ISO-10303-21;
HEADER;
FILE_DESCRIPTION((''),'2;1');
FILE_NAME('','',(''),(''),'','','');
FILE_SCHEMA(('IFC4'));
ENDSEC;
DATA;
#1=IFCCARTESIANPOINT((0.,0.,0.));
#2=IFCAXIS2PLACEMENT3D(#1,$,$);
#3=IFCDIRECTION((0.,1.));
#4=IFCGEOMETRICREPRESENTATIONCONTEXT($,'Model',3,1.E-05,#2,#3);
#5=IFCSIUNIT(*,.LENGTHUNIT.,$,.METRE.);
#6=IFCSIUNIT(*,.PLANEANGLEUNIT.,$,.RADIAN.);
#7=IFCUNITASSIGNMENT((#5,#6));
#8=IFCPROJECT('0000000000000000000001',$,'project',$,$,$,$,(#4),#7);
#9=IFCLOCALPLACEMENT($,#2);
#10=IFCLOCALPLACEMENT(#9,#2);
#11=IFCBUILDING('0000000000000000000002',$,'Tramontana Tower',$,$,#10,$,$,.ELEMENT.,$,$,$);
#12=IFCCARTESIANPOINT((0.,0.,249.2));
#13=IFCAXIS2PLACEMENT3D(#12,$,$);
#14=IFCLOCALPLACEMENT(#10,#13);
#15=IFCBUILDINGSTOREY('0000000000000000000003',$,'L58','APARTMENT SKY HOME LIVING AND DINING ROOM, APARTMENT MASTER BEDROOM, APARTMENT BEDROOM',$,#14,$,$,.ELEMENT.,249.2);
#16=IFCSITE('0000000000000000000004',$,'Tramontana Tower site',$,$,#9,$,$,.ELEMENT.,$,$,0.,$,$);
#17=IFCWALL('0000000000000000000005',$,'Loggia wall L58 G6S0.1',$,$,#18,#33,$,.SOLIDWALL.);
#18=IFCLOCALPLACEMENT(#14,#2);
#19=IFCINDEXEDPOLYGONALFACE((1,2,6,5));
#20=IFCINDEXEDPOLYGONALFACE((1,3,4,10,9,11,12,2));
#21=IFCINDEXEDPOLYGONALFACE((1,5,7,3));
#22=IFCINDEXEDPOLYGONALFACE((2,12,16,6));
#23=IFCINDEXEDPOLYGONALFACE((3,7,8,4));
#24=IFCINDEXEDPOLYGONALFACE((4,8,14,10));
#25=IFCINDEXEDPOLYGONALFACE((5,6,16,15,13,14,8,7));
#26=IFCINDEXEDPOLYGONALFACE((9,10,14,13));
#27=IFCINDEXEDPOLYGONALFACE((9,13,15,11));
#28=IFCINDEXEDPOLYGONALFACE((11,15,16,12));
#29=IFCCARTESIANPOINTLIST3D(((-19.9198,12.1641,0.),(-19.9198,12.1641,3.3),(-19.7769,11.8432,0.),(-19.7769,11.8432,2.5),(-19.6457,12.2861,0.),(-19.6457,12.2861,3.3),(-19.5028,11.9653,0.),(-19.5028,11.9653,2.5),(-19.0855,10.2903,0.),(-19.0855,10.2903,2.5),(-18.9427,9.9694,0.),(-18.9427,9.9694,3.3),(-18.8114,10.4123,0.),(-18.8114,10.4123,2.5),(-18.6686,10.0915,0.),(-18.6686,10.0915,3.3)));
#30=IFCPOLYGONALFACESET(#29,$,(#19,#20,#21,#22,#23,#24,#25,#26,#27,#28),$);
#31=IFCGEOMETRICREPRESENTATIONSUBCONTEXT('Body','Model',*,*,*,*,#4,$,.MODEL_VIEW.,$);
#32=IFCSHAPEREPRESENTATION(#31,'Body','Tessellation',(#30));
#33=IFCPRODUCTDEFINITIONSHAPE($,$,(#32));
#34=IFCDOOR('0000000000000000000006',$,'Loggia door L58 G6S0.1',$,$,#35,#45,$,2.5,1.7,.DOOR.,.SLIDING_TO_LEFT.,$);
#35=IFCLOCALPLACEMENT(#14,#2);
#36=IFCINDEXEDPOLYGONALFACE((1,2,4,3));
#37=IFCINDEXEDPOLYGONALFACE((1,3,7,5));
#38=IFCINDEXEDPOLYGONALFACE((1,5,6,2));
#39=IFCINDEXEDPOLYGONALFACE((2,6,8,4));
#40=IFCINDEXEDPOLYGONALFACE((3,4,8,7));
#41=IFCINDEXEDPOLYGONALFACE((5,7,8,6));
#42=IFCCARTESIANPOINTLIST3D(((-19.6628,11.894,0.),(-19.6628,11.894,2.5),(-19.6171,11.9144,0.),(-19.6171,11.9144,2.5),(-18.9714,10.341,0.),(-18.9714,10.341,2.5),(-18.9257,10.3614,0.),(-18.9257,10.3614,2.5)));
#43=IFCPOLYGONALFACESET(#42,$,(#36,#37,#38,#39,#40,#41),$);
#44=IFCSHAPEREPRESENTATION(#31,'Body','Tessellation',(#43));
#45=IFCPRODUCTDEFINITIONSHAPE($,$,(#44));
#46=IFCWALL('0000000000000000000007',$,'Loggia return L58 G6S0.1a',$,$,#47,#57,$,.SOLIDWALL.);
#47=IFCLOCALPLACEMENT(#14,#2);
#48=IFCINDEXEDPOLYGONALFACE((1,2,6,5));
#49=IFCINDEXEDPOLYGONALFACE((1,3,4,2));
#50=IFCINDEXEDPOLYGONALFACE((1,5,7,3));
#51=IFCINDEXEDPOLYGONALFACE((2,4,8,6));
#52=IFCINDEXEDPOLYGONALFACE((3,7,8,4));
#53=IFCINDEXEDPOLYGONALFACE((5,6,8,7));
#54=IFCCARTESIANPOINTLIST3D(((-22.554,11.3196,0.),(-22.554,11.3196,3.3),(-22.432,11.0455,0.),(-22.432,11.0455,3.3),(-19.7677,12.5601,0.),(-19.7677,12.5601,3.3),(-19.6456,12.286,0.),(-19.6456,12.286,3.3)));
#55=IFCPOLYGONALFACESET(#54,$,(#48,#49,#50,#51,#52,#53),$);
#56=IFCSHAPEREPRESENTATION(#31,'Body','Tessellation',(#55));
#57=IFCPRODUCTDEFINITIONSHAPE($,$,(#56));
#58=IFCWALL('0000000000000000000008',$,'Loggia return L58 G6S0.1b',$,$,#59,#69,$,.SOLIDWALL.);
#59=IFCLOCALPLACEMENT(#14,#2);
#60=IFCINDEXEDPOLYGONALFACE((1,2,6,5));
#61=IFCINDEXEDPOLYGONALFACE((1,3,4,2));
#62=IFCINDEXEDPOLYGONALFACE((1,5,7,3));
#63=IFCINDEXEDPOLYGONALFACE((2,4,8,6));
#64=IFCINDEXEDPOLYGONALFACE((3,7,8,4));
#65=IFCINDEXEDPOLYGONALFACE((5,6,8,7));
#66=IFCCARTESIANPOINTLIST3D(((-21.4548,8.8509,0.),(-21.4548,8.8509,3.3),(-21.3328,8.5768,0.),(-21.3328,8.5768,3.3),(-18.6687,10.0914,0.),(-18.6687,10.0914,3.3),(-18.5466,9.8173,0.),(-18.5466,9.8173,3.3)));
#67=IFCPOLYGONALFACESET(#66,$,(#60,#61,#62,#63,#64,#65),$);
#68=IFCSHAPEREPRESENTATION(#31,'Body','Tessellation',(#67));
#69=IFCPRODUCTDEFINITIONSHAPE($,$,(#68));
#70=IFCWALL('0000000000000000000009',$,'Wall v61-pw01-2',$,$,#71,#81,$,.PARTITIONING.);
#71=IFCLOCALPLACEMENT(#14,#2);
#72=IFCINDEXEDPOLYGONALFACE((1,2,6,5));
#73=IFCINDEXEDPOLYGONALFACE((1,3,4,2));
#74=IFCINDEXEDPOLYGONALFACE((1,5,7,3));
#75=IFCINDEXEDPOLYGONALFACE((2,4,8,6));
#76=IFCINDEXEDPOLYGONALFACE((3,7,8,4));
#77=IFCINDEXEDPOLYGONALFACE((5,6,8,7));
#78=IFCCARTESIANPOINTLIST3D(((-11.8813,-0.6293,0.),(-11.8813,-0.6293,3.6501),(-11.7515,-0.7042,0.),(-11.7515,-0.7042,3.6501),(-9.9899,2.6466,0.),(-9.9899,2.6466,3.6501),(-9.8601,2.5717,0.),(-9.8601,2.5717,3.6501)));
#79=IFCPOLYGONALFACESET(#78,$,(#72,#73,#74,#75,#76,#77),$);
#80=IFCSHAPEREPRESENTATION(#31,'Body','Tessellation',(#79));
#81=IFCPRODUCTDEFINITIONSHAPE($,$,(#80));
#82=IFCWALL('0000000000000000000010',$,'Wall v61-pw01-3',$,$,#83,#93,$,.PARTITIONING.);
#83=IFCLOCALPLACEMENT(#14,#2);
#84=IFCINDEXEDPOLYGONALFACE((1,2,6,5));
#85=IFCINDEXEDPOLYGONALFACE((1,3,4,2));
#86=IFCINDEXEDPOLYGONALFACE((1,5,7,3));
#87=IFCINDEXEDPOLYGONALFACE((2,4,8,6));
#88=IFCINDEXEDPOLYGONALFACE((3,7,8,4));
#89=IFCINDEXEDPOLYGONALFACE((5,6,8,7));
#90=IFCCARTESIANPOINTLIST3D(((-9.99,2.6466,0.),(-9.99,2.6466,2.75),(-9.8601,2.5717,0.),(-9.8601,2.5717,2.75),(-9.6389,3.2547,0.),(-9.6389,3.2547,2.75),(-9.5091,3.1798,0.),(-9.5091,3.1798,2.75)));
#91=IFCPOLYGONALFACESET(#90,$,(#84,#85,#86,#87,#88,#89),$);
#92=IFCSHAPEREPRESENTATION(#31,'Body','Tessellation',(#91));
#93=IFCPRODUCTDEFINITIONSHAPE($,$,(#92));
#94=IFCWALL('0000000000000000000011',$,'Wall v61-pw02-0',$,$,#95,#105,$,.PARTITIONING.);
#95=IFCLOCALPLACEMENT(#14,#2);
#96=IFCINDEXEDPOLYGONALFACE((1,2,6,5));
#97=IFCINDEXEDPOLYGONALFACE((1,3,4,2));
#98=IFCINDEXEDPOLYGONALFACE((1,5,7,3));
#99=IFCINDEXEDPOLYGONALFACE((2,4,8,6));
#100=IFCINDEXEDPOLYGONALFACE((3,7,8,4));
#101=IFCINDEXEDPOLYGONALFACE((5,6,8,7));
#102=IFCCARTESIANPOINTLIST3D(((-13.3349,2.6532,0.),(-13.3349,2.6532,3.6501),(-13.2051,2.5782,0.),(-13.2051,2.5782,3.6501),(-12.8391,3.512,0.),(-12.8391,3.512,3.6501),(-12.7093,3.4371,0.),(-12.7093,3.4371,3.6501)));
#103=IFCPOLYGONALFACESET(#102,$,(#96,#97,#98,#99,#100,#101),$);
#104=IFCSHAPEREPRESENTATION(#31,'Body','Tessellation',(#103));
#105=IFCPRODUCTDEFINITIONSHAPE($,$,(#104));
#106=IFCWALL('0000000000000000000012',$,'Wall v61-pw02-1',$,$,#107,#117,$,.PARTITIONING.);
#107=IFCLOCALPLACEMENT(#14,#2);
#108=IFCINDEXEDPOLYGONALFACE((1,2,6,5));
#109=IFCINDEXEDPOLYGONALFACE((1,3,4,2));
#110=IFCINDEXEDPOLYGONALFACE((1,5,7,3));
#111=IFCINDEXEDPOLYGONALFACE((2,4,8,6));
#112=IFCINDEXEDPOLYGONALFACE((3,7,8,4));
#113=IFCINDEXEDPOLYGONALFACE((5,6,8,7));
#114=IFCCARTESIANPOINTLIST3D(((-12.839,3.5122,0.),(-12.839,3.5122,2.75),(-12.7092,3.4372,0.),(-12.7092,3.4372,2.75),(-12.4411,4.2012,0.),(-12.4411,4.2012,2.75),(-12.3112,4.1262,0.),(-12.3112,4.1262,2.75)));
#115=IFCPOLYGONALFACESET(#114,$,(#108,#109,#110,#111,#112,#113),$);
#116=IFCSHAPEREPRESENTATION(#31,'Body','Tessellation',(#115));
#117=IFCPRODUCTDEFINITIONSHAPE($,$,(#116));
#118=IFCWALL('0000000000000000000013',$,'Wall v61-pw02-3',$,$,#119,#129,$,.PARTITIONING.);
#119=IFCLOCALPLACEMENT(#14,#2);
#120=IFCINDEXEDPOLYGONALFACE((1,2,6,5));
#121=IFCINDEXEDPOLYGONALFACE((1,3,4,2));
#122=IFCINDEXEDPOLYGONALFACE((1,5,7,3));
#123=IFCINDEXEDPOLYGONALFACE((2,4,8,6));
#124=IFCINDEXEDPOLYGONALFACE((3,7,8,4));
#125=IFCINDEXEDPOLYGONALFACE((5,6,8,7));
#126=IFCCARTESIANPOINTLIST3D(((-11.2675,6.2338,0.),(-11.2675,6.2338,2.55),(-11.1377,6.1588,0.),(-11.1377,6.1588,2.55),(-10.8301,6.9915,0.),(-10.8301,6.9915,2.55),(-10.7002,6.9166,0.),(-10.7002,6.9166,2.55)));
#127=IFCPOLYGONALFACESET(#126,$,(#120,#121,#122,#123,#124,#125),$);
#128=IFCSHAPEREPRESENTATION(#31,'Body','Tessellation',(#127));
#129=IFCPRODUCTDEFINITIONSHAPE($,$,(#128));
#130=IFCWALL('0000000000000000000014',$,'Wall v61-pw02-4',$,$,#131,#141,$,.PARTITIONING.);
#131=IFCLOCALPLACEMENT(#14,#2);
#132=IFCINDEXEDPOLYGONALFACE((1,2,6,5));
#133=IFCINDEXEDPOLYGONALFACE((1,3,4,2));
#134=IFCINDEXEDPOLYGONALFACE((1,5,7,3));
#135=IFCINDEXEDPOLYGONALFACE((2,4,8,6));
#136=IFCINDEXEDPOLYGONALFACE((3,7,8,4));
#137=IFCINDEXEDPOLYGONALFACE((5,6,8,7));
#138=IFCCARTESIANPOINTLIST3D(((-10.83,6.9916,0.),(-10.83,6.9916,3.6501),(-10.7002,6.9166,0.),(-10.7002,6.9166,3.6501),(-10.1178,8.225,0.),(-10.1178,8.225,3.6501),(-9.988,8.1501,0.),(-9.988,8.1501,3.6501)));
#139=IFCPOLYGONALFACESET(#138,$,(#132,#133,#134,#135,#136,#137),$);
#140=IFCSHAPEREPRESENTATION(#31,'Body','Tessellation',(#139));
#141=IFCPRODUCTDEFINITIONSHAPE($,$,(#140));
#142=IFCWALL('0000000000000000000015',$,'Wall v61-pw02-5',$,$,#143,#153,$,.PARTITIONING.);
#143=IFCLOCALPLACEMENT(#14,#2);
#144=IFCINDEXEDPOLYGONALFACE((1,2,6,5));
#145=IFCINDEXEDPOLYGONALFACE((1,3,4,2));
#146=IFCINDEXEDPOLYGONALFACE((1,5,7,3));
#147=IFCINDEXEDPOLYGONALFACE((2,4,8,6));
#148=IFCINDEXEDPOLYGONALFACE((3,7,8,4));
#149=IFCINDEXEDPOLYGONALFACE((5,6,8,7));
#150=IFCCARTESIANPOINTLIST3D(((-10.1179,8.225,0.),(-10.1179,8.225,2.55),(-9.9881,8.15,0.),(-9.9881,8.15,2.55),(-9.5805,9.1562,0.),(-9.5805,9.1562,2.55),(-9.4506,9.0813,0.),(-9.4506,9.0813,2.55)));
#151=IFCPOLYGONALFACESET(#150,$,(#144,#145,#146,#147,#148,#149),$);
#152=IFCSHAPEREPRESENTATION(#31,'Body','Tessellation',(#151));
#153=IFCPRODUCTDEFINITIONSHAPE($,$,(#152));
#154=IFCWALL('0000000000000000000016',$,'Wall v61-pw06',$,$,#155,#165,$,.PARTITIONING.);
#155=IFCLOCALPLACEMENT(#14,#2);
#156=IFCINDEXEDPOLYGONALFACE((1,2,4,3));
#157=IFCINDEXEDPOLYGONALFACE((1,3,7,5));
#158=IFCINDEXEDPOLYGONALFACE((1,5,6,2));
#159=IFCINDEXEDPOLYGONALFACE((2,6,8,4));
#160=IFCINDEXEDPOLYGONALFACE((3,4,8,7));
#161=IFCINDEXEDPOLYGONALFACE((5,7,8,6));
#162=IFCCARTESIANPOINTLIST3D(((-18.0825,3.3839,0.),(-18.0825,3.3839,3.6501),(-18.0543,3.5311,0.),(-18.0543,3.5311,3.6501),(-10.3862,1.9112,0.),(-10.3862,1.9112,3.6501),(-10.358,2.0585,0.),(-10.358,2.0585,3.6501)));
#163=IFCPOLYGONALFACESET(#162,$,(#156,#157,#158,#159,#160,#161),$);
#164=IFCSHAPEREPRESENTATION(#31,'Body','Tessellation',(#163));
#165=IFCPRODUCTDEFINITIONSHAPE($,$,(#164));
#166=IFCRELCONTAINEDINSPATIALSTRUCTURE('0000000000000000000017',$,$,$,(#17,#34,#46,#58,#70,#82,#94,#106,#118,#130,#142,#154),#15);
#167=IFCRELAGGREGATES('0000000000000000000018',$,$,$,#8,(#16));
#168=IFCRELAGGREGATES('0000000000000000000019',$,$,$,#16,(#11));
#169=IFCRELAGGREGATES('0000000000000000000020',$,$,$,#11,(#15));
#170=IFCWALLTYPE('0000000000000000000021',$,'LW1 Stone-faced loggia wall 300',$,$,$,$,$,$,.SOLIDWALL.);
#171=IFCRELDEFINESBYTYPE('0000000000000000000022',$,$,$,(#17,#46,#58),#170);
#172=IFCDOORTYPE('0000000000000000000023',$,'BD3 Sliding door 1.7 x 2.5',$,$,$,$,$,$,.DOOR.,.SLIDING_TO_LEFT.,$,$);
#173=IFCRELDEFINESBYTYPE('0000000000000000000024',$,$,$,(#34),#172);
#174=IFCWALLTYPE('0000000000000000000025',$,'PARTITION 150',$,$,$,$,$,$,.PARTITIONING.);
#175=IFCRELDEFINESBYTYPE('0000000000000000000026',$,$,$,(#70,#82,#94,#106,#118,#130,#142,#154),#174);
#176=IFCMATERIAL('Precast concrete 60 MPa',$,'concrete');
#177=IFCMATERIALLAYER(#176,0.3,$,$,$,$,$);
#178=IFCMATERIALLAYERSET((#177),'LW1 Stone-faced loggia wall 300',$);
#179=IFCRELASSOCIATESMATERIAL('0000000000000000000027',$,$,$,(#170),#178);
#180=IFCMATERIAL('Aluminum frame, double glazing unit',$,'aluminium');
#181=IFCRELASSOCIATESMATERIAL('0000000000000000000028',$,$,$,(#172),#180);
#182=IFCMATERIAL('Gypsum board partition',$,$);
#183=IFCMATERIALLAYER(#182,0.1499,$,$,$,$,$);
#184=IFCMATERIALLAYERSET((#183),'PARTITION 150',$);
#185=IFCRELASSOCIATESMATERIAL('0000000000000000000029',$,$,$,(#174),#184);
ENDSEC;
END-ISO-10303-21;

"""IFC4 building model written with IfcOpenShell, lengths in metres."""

from ifc_helpers import new_model, si_unit, direction, frame, frame_2d, origin, place, context, subcontext, project, spatial, rectangle, extrude, material, layer, layer_set, type_object, element, fill, save


model = new_model("IFC4")

# Units and contexts
model_context = context("Model", 3, precision=1e-05, world=origin(), true_north=direction((0.0, 1.0)))
body_context = subcontext(model_context, "Body", "Model", "MODEL_VIEW")
ifc_project = project(units=[si_unit("LENGTHUNIT", "METRE"), si_unit("PLANEANGLEUNIT", "RADIAN")], contexts=[model_context])

# Site, building, storey
site_placement = place(None, origin())
site = spatial("IfcSite", under=ifc_project, at=site_placement, Name="Tramontana Tower site", CompositionType="ELEMENT", RefElevation=0.0)
building_placement = place(site_placement, origin())
building = spatial("IfcBuilding", under=site, at=building_placement, Name="Tramontana Tower", CompositionType="ELEMENT")
storey_placement = place(building_placement, frame((0.0, 0.0, 249.2)))
storey = spatial("IfcBuildingStorey", under=building, at=storey_placement, Name="L58", Description="APARTMENT SKY HOME LIVING AND DINING ROOM, APARTMENT MASTER BEDROOM, APARTMENT BEDROOM", CompositionType="ELEMENT", Elevation=249.2)

# Wall, opening, door
ifc_material_1 = material(Name="Precast concrete 60 MPa", Category="concrete")
ifc_layer_1 = layer(ifc_material_1, 0.3)
ifc_layer_set_1 = layer_set([ifc_layer_1], Name="LW1 Stone-faced loggia wall 300")
wall_type_1 = type_object("IfcWallType", Name="LW1 Stone-faced loggia wall 300", PredefinedType="SOLIDWALL", material=ifc_layer_set_1)
wall_1_placement = place(storey_placement, frame((-19.7827, 12.2251, 0.0), z_axis=(0.0, 0.0, 1.0), x_axis=(0.406723, -0.913552, 0.0)))
wall_1 = element("IfcWall", 1, at=wall_1_placement, inside=storey, type_object=wall_type_1, Name="Loggia wall L58 G6S0.1", PredefinedType="SOLIDWALL", context=body_context, shape_type="SweptSolid", body=[
    extrude(rectangle(XDim=2.4023, YDim=0.3, at=frame_2d((1.2012, 0.0))), origin(), (0.0, 0.0, 1.0), 3.3),
])
opening_1_placement = place(wall_1_placement, frame((0.3511, 0.0, 0.0)))
opening_1 = element("IfcOpeningElement", 2, at=opening_1_placement, cuts=wall_1, PredefinedType="OPENING", context=body_context, shape_type="SweptSolid", body=[
    extrude(rectangle(XDim=1.7, YDim=2.5, at=frame_2d((0.8501, 1.25))), frame((0.0, 0.1599, 0.0), z_axis=(0.0, -1.0, 0.0), x_axis=(1.0, 0.0, 0.0)), (0.0, 0.0, 1.0), 0.3201),
])
ifc_material_2 = material(Name="Aluminum frame, double glazing unit", Category="aluminium")
door_type_1 = type_object("IfcDoorType", Name="BD3 Sliding door 1.7 x 2.5", OperationType="SLIDING_TO_LEFT", PredefinedType="DOOR", material=ifc_material_2)
door_1_placement = place(opening_1_placement, origin())
door_1 = element("IfcDoor", 3, at=door_1_placement, inside=storey, type_object=door_type_1, Name="Loggia door L58 G6S0.1", OperationType="SLIDING_TO_LEFT", OverallHeight=2.5, OverallWidth=1.7, PredefinedType="DOOR", context=body_context, shape_type="SweptSolid", body=[
    extrude(rectangle(XDim=1.7, YDim=2.5, at=frame_2d((0.8501, 1.25))), frame((0.0, 0.0249, 0.0), z_axis=(0.0, -1.0, 0.0), x_axis=(1.0, 0.0, 0.0)), (0.0, 0.0, 1.0), 0.05),
])
fill(opening_1, door_1)

# Walls
wall_2_placement = place(storey_placement, frame((-22.4929, 11.1826, 0.0), z_axis=(0.0, 0.0, 1.0), x_axis=(0.913557, 0.40671, 0.0)))
element("IfcWall", 4, at=wall_2_placement, inside=storey, type_object=wall_type_1, Name="Loggia return L58 G6S0.1a", PredefinedType="SOLIDWALL", context=body_context, shape_type="SweptSolid", body=[
    extrude(rectangle(XDim=3.05, YDim=0.3, at=frame_2d((1.5249, 0.0))), origin(), (0.0, 0.0, 1.0), 3.3),
])
wall_3_placement = place(storey_placement, frame((-21.3938, 8.7139, 0.0), z_axis=(0.0, 0.0, 1.0), x_axis=(0.913544, 0.40674, 0.0)))
element("IfcWall", 5, at=wall_3_placement, inside=storey, type_object=wall_type_1, Name="Loggia return L58 G6S0.1b", PredefinedType="SOLIDWALL", context=body_context, shape_type="SweptSolid", body=[
    extrude(rectangle(XDim=3.0498, YDim=0.3, at=frame_2d((1.5249, 0.0))), origin(), (0.0, 0.0, 1.0), 3.3),
])
ifc_material_3 = material(Name="Gypsum board partition")
ifc_layer_2 = layer(ifc_material_3, 0.1499)
ifc_layer_set_2 = layer_set([ifc_layer_2], Name="PARTITION 150")
wall_type_2 = type_object("IfcWallType", Name="PARTITION 150", PredefinedType="PARTITIONING", material=ifc_layer_set_2)
wall_4_placement = place(storey_placement, frame((-11.8164, -0.6667, 0.0), z_axis=(0.0, 0.0, 1.0), x_axis=(0.500006, 0.866022, 0.0)))
element("IfcWall", 6, at=wall_4_placement, inside=storey, type_object=wall_type_2, Name="Wall v61-pw01-2", PredefinedType="PARTITIONING", context=body_context, shape_type="SweptSolid", body=[
    extrude(rectangle(XDim=3.7827, YDim=0.1499, at=frame_2d((1.8914, 0.0))), origin(), (0.0, 0.0, 1.0), 3.6501),
])
wall_5_placement = place(storey_placement, frame((-9.925, 2.6091, 0.0), z_axis=(0.0, 0.0, 1.0), x_axis=(0.499953, 0.866052, 0.0)))
element("IfcWall", 7, at=wall_5_placement, inside=storey, type_object=wall_type_2, Name="Wall v61-pw01-3", PredefinedType="PARTITIONING", context=body_context, shape_type="SweptSolid", body=[
    extrude(rectangle(XDim=0.7021, YDim=0.1499, at=frame_2d((0.3511, 0.0))), origin(), (0.0, 0.0, 1.0), 2.75),
])
wall_6_placement = place(storey_placement, frame((-13.27, 2.6157, 0.0), z_axis=(0.0, 0.0, 1.0), x_axis=(0.499978, 0.866038, 0.0)))
element("IfcWall", 8, at=wall_6_placement, inside=storey, type_object=wall_type_2, Name="Wall v61-pw02-0", PredefinedType="PARTITIONING", context=body_context, shape_type="SweptSolid", body=[
    extrude(rectangle(XDim=0.9917, YDim=0.1499, at=frame_2d((0.4958, 0.0))), origin(), (0.0, 0.0, 1.0), 3.6501),
])
wall_7_placement = place(storey_placement, frame((-12.7742, 3.4746, 0.0), z_axis=(0.0, 0.0, 1.0), x_axis=(0.500165, 0.86593, 0.0)))
element("IfcWall", 9, at=wall_7_placement, inside=storey, type_object=wall_type_2, Name="Wall v61-pw02-1", PredefinedType="PARTITIONING", context=body_context, shape_type="SweptSolid", body=[
    extrude(rectangle(XDim=0.7957, YDim=0.1499, at=frame_2d((0.3979, 0.0))), origin(), (0.0, 0.0, 1.0), 2.75),
])

# Walls
wall_8_placement = place(storey_placement, frame((-11.2026, 6.1963, 0.0), z_axis=(0.0, 0.0, 1.0), x_axis=(0.49998, 0.866037, 0.0)))
element("IfcWall", 10, at=wall_8_placement, inside=storey, type_object=wall_type_2, Name="Wall v61-pw02-3", PredefinedType="PARTITIONING", context=body_context, shape_type="SweptSolid", body=[
    extrude(rectangle(XDim=0.875, YDim=0.1499, at=frame_2d((0.4375, 0.0))), origin(), (0.0, 0.0, 1.0), 2.55),
])
wall_9_placement = place(storey_placement, frame((-10.7651, 6.9541, 0.0), z_axis=(0.0, 0.0, 1.0), x_axis=(0.500029, 0.866009, 0.0)))
element("IfcWall", 11, at=wall_9_placement, inside=storey, type_object=wall_type_2, Name="Wall v61-pw02-4", PredefinedType="PARTITIONING", context=body_context, shape_type="SweptSolid", body=[
    extrude(rectangle(XDim=1.4243, YDim=0.1499, at=frame_2d((0.7122, 0.0))), origin(), (0.0, 0.0, 1.0), 3.6501),
])
wall_10_placement = place(storey_placement, frame((-10.053, 8.1875, 0.0), z_axis=(0.0, 0.0, 1.0), x_axis=(0.499827, 0.866125, 0.0)))
element("IfcWall", 12, at=wall_10_placement, inside=storey, type_object=wall_type_2, Name="Wall v61-pw02-5", PredefinedType="PARTITIONING", context=body_context, shape_type="SweptSolid", body=[
    extrude(rectangle(XDim=1.0752, YDim=0.1499, at=frame_2d((0.5376, 0.0))), origin(), (0.0, 0.0, 1.0), 2.55),
])

# Wall
wall_11_placement = place(storey_placement, frame((-10.3721, 1.9849, 0.0), z_axis=(0.0, 0.0, 1.0), x_axis=(-0.982181, 0.187937, 0.0)))
element("IfcWall", 13, at=wall_11_placement, inside=storey, type_object=wall_type_2, Name="Wall v61-pw06", PredefinedType="PARTITIONING", context=body_context, shape_type="SweptSolid", body=[
    extrude(rectangle(XDim=7.8359, YDim=0.1499, at=frame_2d((3.918, 0.0))), origin(), (0.0, 0.0, 1.0), 3.6501),
])

save(model, "model.ifc")
